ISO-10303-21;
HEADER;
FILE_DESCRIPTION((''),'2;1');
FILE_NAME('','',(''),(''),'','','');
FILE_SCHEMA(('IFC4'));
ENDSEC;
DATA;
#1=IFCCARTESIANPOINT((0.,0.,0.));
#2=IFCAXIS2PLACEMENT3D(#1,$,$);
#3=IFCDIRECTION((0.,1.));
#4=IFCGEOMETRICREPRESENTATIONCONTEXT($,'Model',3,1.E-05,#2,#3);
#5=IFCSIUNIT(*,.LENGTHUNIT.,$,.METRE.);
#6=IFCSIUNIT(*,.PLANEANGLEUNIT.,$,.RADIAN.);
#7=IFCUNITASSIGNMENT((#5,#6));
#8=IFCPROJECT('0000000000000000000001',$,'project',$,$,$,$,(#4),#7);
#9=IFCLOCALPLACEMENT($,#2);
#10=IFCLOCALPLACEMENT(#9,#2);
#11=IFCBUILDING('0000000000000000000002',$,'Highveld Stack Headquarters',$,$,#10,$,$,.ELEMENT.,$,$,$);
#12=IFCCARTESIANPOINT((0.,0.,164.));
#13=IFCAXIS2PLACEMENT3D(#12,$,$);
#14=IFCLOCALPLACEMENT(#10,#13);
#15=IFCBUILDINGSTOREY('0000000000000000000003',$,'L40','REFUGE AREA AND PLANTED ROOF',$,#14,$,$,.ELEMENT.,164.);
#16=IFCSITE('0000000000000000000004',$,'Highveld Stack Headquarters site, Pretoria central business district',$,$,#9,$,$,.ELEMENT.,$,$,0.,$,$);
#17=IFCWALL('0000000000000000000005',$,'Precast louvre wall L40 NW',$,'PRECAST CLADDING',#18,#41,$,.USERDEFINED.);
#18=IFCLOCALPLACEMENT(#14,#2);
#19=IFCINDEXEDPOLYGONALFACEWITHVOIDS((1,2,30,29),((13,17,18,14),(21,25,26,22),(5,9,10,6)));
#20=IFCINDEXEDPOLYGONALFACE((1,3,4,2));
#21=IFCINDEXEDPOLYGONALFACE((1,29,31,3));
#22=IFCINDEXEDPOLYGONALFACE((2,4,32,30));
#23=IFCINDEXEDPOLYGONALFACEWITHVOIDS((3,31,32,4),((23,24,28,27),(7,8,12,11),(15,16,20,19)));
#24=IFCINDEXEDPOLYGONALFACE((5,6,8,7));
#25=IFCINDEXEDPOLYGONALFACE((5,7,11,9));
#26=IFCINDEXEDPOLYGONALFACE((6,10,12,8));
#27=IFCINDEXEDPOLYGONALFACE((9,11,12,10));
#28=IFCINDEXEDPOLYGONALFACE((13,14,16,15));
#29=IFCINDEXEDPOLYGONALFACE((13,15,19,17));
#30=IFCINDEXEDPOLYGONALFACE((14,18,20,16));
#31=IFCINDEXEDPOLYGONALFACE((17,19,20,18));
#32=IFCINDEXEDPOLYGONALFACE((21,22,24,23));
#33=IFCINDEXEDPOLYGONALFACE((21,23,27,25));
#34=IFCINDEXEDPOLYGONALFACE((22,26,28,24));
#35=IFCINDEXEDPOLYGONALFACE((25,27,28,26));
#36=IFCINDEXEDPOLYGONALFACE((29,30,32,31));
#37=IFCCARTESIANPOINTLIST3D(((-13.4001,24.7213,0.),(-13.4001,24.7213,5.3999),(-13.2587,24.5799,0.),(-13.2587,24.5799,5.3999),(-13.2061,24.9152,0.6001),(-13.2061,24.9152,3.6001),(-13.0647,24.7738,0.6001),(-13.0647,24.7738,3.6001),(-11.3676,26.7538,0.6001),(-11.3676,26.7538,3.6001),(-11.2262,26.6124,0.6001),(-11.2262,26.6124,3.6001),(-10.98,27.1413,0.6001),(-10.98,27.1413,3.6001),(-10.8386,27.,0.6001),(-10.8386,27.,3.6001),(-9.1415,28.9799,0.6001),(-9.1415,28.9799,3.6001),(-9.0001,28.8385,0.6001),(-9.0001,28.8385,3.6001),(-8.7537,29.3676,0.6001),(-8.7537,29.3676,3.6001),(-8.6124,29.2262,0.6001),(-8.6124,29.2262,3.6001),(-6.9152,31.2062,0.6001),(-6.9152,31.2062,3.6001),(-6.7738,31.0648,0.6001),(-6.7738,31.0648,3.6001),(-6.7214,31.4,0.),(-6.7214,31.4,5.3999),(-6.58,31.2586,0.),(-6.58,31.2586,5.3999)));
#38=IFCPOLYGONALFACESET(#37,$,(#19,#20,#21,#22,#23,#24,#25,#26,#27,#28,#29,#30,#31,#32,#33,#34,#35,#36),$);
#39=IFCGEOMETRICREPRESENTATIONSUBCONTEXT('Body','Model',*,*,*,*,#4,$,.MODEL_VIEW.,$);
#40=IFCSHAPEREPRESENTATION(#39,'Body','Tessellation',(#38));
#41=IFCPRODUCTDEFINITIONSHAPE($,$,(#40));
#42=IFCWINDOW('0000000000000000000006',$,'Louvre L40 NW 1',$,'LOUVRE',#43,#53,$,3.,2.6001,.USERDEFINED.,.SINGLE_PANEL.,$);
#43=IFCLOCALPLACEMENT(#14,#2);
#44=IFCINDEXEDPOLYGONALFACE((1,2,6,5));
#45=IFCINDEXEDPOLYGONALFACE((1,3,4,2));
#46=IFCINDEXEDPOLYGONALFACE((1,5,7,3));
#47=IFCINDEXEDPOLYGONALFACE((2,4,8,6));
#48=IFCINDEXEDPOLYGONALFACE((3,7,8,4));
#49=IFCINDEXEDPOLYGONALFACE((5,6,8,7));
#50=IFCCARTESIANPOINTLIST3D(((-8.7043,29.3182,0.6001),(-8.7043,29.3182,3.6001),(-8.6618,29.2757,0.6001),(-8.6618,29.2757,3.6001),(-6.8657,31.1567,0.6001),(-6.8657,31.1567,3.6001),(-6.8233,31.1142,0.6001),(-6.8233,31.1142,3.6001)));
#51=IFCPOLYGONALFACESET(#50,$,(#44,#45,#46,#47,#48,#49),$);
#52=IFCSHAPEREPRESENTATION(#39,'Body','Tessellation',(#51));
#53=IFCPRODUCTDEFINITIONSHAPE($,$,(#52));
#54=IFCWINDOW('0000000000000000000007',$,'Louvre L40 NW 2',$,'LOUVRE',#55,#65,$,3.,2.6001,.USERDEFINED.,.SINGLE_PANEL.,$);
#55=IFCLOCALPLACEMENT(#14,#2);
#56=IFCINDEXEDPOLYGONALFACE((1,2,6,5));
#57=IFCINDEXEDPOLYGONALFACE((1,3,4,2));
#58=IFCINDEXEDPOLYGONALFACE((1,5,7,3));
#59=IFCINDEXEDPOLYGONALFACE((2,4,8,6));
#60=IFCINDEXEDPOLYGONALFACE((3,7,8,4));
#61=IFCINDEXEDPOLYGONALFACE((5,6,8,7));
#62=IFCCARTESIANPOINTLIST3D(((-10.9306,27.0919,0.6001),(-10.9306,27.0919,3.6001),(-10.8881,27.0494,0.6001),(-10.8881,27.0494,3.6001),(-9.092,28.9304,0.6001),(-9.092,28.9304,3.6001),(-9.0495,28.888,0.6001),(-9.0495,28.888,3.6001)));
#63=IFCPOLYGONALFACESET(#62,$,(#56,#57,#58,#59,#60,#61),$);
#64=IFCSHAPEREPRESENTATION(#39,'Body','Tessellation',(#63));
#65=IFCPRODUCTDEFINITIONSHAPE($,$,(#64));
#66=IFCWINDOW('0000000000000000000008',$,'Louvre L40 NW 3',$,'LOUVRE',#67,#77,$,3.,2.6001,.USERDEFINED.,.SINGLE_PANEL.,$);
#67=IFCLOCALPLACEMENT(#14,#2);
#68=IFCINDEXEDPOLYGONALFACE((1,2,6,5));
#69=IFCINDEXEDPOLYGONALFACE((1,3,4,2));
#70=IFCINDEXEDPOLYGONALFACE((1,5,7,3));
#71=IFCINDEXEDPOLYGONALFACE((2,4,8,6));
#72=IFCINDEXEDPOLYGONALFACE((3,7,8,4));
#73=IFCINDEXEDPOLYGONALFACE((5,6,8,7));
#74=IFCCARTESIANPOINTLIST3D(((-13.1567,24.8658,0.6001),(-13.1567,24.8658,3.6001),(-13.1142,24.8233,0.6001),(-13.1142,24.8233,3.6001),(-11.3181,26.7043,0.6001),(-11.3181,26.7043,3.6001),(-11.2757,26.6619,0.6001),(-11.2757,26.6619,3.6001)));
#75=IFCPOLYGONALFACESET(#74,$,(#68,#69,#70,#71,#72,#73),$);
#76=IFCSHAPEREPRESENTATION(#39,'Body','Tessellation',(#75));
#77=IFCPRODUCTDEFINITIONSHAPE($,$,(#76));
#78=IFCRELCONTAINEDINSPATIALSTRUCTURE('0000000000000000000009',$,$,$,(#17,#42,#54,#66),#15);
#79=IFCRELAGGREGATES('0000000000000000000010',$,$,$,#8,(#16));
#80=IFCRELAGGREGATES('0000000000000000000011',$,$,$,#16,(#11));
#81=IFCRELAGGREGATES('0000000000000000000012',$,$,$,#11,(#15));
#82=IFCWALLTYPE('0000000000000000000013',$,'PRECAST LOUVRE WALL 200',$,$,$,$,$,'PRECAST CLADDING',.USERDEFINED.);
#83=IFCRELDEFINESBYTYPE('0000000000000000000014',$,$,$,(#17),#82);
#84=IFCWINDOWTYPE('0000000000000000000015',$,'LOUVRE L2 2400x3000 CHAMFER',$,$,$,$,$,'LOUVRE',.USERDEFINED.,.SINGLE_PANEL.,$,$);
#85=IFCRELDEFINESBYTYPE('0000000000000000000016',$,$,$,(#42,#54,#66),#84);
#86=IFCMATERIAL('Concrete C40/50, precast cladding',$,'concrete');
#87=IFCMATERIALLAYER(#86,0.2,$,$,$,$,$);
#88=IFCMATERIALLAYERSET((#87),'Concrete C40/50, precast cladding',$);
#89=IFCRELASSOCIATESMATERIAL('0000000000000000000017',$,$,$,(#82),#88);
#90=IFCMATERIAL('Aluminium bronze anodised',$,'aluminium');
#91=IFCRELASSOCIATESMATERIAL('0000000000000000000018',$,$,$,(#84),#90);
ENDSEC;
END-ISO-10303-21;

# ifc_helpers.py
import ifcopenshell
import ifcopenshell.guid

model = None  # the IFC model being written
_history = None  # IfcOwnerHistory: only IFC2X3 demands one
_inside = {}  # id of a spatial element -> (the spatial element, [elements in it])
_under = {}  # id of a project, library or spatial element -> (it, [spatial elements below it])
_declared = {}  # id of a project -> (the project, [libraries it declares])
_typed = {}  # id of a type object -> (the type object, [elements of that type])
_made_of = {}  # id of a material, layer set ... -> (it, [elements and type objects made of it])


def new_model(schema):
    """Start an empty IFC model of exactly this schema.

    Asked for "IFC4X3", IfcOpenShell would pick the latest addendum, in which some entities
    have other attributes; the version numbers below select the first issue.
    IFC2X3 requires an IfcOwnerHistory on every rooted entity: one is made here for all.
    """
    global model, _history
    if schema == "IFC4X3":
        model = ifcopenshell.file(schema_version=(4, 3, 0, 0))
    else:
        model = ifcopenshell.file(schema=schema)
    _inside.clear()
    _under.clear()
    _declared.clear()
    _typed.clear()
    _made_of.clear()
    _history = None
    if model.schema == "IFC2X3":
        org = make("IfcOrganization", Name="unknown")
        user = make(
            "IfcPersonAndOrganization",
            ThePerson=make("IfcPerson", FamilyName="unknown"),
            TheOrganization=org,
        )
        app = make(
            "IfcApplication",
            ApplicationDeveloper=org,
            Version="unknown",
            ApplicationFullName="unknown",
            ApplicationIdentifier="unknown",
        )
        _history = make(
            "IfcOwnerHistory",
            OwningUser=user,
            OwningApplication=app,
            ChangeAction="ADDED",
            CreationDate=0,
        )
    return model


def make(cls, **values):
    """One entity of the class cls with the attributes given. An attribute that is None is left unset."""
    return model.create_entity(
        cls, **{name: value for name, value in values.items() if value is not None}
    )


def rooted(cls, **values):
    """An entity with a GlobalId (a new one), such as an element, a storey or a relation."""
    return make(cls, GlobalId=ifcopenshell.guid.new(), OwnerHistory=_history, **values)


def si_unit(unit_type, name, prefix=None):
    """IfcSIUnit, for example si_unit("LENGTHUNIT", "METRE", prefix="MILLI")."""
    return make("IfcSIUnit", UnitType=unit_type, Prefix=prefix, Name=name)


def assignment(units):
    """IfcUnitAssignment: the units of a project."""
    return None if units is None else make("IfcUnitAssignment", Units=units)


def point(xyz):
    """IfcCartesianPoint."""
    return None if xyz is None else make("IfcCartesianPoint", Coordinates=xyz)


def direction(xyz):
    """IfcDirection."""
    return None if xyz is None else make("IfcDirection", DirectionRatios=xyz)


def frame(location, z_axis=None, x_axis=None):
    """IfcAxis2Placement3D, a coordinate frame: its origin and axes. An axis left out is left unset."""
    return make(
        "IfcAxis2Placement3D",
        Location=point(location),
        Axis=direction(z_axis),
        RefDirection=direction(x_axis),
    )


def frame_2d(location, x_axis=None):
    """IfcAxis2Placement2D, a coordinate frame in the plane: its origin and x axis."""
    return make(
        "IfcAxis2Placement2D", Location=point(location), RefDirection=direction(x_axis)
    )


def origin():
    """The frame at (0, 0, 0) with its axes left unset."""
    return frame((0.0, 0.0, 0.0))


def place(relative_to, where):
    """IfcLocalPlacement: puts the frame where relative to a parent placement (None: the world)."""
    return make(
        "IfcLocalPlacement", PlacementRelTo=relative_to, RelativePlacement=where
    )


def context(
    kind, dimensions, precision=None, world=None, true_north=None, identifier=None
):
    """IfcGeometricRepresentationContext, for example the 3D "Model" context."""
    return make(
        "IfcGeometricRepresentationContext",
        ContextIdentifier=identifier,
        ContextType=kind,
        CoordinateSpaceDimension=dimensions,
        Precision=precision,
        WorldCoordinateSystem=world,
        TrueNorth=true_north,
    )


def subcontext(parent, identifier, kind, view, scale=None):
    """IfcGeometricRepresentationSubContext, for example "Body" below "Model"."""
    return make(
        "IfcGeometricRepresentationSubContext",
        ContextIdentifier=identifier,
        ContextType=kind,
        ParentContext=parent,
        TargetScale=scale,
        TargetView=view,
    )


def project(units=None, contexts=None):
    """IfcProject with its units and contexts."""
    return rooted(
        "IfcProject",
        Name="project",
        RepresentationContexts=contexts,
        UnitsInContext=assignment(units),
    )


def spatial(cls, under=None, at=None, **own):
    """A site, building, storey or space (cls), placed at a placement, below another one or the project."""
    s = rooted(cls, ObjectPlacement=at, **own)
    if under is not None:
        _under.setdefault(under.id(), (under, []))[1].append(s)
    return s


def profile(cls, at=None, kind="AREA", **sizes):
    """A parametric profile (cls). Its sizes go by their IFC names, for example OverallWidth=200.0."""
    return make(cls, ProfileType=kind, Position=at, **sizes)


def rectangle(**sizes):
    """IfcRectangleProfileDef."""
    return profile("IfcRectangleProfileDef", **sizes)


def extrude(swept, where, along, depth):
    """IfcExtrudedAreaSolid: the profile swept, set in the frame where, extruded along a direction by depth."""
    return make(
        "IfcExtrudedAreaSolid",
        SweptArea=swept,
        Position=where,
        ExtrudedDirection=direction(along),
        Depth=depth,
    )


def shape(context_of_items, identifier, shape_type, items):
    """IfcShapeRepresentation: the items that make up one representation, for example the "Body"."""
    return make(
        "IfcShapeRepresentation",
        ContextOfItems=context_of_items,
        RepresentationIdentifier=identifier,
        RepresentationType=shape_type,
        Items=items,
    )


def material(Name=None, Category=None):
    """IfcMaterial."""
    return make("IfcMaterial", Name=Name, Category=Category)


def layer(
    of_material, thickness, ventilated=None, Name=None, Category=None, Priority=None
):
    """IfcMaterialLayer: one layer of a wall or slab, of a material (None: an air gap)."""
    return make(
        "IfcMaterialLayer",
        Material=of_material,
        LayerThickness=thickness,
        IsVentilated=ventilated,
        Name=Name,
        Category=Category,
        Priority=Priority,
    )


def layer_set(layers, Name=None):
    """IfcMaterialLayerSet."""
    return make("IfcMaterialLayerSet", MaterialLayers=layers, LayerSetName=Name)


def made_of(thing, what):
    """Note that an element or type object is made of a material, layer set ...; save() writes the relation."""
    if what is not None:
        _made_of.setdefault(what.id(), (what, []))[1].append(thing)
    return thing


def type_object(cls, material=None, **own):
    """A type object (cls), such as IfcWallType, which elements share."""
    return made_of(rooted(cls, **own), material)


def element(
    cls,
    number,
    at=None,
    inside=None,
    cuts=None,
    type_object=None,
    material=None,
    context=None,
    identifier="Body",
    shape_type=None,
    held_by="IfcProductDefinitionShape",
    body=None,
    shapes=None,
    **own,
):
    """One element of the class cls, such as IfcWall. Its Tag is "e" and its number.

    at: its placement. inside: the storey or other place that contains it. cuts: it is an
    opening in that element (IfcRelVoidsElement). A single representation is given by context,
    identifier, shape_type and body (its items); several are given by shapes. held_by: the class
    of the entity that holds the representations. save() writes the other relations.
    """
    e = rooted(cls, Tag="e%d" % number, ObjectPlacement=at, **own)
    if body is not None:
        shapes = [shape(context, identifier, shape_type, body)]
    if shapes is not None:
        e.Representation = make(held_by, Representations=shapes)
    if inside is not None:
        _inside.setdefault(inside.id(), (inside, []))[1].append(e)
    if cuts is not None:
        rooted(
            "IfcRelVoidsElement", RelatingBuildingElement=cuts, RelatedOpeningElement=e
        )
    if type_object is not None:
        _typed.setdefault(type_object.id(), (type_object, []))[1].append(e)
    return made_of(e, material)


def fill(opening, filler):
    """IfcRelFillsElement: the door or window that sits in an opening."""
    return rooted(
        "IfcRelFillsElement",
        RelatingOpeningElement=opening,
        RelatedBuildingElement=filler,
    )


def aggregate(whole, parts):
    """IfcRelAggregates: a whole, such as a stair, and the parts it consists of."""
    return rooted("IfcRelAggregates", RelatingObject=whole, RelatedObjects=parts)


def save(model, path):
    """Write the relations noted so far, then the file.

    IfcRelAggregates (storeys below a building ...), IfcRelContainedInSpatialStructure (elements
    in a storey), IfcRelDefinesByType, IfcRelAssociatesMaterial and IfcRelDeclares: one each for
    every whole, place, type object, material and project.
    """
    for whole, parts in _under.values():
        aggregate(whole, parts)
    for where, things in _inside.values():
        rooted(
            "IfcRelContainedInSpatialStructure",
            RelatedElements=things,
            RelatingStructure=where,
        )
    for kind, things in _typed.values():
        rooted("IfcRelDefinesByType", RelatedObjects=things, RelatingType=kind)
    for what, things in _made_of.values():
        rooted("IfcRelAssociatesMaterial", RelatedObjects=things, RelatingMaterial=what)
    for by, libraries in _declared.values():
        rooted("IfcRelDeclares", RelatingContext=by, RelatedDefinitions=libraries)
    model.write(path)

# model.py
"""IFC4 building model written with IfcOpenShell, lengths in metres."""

from ifc_helpers import new_model, si_unit, direction, frame, frame_2d, origin, place, context, subcontext, project, spatial, rectangle, extrude, material, layer, layer_set, type_object, element, fill, save


model = new_model("IFC4")

# Units and contexts
model_context = context("Model", 3, precision=1e-05, world=origin(), true_north=direction((0.0, 1.0)))
body_context = subcontext(model_context, "Body", "Model", "MODEL_VIEW")
ifc_project = project(units=[si_unit("LENGTHUNIT", "METRE"), si_unit("PLANEANGLEUNIT", "RADIAN")], contexts=[model_context])

# Site, building, storey
site_placement = place(None, origin())
site = spatial("IfcSite", under=ifc_project, at=site_placement, Name="Highveld Stack Headquarters site, Pretoria central business district", CompositionType="ELEMENT", RefElevation=0.0)
building_placement = place(site_placement, origin())
building = spatial("IfcBuilding", under=site, at=building_placement, Name="Highveld Stack Headquarters", CompositionType="ELEMENT")
storey_placement = place(building_placement, frame((0.0, 0.0, 164.0)))
storey = spatial("IfcBuildingStorey", under=building, at=storey_placement, Name="L40", Description="REFUGE AREA AND PLANTED ROOF", CompositionType="ELEMENT", Elevation=164.0)

# Wall, openings, windows
ifc_material_1 = material(Name="Concrete C40/50, precast cladding", Category="concrete")
ifc_layer_1 = layer(ifc_material_1, 0.2)
ifc_layer_set_1 = layer_set([ifc_layer_1], Name="Concrete C40/50, precast cladding")
wall_type_1 = type_object("IfcWallType", Name="PRECAST LOUVRE WALL 200", ElementType="PRECAST CLADDING", PredefinedType="USERDEFINED", material=ifc_layer_set_1)
wall_1_placement = place(storey_placement, frame((-6.6506, 31.3293, 0.0), z_axis=(0.0, 0.0, 1.0), x_axis=(-0.707107, -0.707107, 0.0)))
wall_1 = element("IfcWall", 1, at=wall_1_placement, inside=storey, type_object=wall_type_1, Name="Precast louvre wall L40 NW", ObjectType="PRECAST CLADDING", PredefinedType="USERDEFINED", context=body_context, shape_type="SweptSolid", body=[
    extrude(rectangle(XDim=9.4451, YDim=0.2, at=frame_2d((4.7227, 0.0))), origin(), (0.0, 0.0, 1.0), 5.3999),
])
opening_1_placement = place(wall_1_placement, frame((0.2742, 0.0, 0.6001)))
opening_1 = element("IfcOpeningElement", 2, at=opening_1_placement, cuts=wall_1, PredefinedType="OPENING", context=body_context, shape_type="SweptSolid", body=[
    extrude(rectangle(XDim=2.6001, YDim=3.0, at=frame_2d((1.3, 1.5))), frame((0.0, 0.1099, 0.0), z_axis=(0.0, -1.0, 0.0), x_axis=(1.0, 0.0, 0.0)), (0.0, 0.0, 1.0), 0.22),
])
opening_2_placement = place(wall_1_placement, frame((3.4226, 0.0, 0.6001)))
opening_2 = element("IfcOpeningElement", 3, at=opening_2_placement, cuts=wall_1, PredefinedType="OPENING", context=body_context, shape_type="SweptSolid", body=[
    extrude(rectangle(XDim=2.6001, YDim=3.0, at=frame_2d((1.3, 1.5))), frame((0.0, 0.1099, 0.0), z_axis=(0.0, -1.0, 0.0), x_axis=(1.0, 0.0, 0.0)), (0.0, 0.0, 1.0), 0.22),
])
opening_3_placement = place(wall_1_placement, frame((6.5708, 0.0, 0.6001)))
opening_3 = element("IfcOpeningElement", 4, at=opening_3_placement, cuts=wall_1, PredefinedType="OPENING", context=body_context, shape_type="SweptSolid", body=[
    extrude(rectangle(XDim=2.6001, YDim=3.0, at=frame_2d((1.3, 1.5))), frame((0.0, 0.1099, 0.0), z_axis=(0.0, -1.0, 0.0), x_axis=(1.0, 0.0, 0.0)), (0.0, 0.0, 1.0), 0.22),
])
ifc_material_2 = material(Name="Aluminium bronze anodised", Category="aluminium")
window_type_1 = type_object("IfcWindowType", Name="LOUVRE L2 2400x3000 CHAMFER", ElementType="LOUVRE", PartitioningType="SINGLE_PANEL", PredefinedType="USERDEFINED", material=ifc_material_2)
window_1_placement = place(opening_1_placement, origin())
window_1 = element("IfcWindow", 5, at=window_1_placement, inside=storey, type_object=window_type_1, Name="Louvre L40 NW 1", ObjectType="LOUVRE", OverallHeight=3.0, OverallWidth=2.6001, PartitioningType="SINGLE_PANEL", PredefinedType="USERDEFINED", context=body_context, shape_type="SweptSolid", body=[
    extrude(rectangle(XDim=2.6001, YDim=3.0, at=frame_2d((1.3, 1.5))), frame((0.0, 0.03, 0.0), z_axis=(0.0, -1.0, 0.0), x_axis=(1.0, 0.0, 0.0)), (0.0, 0.0, 1.0), 0.0601),
])
fill(opening_1, window_1)
window_2_placement = place(opening_2_placement, origin())
window_2 = element("IfcWindow", 6, at=window_2_placement, inside=storey, type_object=window_type_1, Name="Louvre L40 NW 2", ObjectType="LOUVRE", OverallHeight=3.0, OverallWidth=2.6001, PartitioningType="SINGLE_PANEL", PredefinedType="USERDEFINED", context=body_context, shape_type="SweptSolid", body=[
    extrude(rectangle(XDim=2.6001, YDim=3.0, at=frame_2d((1.3, 1.5))), frame((0.0, 0.03, 0.0), z_axis=(0.0, -1.0, 0.0), x_axis=(1.0, 0.0, 0.0)), (0.0, 0.0, 1.0), 0.0601),
])
fill(opening_2, window_2)
window_3_placement = place(opening_3_placement, origin())
window_3 = element("IfcWindow", 7, at=window_3_placement, inside=storey, type_object=window_type_1, Name="Louvre L40 NW 3", ObjectType="LOUVRE", OverallHeight=3.0, OverallWidth=2.6001, PartitioningType="SINGLE_PANEL", PredefinedType="USERDEFINED", context=body_context, shape_type="SweptSolid", body=[
    extrude(rectangle(XDim=2.6001, YDim=3.0, at=frame_2d((1.3, 1.5))), frame((0.0, 0.03, 0.0), z_axis=(0.0, -1.0, 0.0), x_axis=(1.0, 0.0, 0.0)), (0.0, 0.0, 1.0), 0.0601),
])
fill(opening_3, window_3)

save(model, "model.ifc")
